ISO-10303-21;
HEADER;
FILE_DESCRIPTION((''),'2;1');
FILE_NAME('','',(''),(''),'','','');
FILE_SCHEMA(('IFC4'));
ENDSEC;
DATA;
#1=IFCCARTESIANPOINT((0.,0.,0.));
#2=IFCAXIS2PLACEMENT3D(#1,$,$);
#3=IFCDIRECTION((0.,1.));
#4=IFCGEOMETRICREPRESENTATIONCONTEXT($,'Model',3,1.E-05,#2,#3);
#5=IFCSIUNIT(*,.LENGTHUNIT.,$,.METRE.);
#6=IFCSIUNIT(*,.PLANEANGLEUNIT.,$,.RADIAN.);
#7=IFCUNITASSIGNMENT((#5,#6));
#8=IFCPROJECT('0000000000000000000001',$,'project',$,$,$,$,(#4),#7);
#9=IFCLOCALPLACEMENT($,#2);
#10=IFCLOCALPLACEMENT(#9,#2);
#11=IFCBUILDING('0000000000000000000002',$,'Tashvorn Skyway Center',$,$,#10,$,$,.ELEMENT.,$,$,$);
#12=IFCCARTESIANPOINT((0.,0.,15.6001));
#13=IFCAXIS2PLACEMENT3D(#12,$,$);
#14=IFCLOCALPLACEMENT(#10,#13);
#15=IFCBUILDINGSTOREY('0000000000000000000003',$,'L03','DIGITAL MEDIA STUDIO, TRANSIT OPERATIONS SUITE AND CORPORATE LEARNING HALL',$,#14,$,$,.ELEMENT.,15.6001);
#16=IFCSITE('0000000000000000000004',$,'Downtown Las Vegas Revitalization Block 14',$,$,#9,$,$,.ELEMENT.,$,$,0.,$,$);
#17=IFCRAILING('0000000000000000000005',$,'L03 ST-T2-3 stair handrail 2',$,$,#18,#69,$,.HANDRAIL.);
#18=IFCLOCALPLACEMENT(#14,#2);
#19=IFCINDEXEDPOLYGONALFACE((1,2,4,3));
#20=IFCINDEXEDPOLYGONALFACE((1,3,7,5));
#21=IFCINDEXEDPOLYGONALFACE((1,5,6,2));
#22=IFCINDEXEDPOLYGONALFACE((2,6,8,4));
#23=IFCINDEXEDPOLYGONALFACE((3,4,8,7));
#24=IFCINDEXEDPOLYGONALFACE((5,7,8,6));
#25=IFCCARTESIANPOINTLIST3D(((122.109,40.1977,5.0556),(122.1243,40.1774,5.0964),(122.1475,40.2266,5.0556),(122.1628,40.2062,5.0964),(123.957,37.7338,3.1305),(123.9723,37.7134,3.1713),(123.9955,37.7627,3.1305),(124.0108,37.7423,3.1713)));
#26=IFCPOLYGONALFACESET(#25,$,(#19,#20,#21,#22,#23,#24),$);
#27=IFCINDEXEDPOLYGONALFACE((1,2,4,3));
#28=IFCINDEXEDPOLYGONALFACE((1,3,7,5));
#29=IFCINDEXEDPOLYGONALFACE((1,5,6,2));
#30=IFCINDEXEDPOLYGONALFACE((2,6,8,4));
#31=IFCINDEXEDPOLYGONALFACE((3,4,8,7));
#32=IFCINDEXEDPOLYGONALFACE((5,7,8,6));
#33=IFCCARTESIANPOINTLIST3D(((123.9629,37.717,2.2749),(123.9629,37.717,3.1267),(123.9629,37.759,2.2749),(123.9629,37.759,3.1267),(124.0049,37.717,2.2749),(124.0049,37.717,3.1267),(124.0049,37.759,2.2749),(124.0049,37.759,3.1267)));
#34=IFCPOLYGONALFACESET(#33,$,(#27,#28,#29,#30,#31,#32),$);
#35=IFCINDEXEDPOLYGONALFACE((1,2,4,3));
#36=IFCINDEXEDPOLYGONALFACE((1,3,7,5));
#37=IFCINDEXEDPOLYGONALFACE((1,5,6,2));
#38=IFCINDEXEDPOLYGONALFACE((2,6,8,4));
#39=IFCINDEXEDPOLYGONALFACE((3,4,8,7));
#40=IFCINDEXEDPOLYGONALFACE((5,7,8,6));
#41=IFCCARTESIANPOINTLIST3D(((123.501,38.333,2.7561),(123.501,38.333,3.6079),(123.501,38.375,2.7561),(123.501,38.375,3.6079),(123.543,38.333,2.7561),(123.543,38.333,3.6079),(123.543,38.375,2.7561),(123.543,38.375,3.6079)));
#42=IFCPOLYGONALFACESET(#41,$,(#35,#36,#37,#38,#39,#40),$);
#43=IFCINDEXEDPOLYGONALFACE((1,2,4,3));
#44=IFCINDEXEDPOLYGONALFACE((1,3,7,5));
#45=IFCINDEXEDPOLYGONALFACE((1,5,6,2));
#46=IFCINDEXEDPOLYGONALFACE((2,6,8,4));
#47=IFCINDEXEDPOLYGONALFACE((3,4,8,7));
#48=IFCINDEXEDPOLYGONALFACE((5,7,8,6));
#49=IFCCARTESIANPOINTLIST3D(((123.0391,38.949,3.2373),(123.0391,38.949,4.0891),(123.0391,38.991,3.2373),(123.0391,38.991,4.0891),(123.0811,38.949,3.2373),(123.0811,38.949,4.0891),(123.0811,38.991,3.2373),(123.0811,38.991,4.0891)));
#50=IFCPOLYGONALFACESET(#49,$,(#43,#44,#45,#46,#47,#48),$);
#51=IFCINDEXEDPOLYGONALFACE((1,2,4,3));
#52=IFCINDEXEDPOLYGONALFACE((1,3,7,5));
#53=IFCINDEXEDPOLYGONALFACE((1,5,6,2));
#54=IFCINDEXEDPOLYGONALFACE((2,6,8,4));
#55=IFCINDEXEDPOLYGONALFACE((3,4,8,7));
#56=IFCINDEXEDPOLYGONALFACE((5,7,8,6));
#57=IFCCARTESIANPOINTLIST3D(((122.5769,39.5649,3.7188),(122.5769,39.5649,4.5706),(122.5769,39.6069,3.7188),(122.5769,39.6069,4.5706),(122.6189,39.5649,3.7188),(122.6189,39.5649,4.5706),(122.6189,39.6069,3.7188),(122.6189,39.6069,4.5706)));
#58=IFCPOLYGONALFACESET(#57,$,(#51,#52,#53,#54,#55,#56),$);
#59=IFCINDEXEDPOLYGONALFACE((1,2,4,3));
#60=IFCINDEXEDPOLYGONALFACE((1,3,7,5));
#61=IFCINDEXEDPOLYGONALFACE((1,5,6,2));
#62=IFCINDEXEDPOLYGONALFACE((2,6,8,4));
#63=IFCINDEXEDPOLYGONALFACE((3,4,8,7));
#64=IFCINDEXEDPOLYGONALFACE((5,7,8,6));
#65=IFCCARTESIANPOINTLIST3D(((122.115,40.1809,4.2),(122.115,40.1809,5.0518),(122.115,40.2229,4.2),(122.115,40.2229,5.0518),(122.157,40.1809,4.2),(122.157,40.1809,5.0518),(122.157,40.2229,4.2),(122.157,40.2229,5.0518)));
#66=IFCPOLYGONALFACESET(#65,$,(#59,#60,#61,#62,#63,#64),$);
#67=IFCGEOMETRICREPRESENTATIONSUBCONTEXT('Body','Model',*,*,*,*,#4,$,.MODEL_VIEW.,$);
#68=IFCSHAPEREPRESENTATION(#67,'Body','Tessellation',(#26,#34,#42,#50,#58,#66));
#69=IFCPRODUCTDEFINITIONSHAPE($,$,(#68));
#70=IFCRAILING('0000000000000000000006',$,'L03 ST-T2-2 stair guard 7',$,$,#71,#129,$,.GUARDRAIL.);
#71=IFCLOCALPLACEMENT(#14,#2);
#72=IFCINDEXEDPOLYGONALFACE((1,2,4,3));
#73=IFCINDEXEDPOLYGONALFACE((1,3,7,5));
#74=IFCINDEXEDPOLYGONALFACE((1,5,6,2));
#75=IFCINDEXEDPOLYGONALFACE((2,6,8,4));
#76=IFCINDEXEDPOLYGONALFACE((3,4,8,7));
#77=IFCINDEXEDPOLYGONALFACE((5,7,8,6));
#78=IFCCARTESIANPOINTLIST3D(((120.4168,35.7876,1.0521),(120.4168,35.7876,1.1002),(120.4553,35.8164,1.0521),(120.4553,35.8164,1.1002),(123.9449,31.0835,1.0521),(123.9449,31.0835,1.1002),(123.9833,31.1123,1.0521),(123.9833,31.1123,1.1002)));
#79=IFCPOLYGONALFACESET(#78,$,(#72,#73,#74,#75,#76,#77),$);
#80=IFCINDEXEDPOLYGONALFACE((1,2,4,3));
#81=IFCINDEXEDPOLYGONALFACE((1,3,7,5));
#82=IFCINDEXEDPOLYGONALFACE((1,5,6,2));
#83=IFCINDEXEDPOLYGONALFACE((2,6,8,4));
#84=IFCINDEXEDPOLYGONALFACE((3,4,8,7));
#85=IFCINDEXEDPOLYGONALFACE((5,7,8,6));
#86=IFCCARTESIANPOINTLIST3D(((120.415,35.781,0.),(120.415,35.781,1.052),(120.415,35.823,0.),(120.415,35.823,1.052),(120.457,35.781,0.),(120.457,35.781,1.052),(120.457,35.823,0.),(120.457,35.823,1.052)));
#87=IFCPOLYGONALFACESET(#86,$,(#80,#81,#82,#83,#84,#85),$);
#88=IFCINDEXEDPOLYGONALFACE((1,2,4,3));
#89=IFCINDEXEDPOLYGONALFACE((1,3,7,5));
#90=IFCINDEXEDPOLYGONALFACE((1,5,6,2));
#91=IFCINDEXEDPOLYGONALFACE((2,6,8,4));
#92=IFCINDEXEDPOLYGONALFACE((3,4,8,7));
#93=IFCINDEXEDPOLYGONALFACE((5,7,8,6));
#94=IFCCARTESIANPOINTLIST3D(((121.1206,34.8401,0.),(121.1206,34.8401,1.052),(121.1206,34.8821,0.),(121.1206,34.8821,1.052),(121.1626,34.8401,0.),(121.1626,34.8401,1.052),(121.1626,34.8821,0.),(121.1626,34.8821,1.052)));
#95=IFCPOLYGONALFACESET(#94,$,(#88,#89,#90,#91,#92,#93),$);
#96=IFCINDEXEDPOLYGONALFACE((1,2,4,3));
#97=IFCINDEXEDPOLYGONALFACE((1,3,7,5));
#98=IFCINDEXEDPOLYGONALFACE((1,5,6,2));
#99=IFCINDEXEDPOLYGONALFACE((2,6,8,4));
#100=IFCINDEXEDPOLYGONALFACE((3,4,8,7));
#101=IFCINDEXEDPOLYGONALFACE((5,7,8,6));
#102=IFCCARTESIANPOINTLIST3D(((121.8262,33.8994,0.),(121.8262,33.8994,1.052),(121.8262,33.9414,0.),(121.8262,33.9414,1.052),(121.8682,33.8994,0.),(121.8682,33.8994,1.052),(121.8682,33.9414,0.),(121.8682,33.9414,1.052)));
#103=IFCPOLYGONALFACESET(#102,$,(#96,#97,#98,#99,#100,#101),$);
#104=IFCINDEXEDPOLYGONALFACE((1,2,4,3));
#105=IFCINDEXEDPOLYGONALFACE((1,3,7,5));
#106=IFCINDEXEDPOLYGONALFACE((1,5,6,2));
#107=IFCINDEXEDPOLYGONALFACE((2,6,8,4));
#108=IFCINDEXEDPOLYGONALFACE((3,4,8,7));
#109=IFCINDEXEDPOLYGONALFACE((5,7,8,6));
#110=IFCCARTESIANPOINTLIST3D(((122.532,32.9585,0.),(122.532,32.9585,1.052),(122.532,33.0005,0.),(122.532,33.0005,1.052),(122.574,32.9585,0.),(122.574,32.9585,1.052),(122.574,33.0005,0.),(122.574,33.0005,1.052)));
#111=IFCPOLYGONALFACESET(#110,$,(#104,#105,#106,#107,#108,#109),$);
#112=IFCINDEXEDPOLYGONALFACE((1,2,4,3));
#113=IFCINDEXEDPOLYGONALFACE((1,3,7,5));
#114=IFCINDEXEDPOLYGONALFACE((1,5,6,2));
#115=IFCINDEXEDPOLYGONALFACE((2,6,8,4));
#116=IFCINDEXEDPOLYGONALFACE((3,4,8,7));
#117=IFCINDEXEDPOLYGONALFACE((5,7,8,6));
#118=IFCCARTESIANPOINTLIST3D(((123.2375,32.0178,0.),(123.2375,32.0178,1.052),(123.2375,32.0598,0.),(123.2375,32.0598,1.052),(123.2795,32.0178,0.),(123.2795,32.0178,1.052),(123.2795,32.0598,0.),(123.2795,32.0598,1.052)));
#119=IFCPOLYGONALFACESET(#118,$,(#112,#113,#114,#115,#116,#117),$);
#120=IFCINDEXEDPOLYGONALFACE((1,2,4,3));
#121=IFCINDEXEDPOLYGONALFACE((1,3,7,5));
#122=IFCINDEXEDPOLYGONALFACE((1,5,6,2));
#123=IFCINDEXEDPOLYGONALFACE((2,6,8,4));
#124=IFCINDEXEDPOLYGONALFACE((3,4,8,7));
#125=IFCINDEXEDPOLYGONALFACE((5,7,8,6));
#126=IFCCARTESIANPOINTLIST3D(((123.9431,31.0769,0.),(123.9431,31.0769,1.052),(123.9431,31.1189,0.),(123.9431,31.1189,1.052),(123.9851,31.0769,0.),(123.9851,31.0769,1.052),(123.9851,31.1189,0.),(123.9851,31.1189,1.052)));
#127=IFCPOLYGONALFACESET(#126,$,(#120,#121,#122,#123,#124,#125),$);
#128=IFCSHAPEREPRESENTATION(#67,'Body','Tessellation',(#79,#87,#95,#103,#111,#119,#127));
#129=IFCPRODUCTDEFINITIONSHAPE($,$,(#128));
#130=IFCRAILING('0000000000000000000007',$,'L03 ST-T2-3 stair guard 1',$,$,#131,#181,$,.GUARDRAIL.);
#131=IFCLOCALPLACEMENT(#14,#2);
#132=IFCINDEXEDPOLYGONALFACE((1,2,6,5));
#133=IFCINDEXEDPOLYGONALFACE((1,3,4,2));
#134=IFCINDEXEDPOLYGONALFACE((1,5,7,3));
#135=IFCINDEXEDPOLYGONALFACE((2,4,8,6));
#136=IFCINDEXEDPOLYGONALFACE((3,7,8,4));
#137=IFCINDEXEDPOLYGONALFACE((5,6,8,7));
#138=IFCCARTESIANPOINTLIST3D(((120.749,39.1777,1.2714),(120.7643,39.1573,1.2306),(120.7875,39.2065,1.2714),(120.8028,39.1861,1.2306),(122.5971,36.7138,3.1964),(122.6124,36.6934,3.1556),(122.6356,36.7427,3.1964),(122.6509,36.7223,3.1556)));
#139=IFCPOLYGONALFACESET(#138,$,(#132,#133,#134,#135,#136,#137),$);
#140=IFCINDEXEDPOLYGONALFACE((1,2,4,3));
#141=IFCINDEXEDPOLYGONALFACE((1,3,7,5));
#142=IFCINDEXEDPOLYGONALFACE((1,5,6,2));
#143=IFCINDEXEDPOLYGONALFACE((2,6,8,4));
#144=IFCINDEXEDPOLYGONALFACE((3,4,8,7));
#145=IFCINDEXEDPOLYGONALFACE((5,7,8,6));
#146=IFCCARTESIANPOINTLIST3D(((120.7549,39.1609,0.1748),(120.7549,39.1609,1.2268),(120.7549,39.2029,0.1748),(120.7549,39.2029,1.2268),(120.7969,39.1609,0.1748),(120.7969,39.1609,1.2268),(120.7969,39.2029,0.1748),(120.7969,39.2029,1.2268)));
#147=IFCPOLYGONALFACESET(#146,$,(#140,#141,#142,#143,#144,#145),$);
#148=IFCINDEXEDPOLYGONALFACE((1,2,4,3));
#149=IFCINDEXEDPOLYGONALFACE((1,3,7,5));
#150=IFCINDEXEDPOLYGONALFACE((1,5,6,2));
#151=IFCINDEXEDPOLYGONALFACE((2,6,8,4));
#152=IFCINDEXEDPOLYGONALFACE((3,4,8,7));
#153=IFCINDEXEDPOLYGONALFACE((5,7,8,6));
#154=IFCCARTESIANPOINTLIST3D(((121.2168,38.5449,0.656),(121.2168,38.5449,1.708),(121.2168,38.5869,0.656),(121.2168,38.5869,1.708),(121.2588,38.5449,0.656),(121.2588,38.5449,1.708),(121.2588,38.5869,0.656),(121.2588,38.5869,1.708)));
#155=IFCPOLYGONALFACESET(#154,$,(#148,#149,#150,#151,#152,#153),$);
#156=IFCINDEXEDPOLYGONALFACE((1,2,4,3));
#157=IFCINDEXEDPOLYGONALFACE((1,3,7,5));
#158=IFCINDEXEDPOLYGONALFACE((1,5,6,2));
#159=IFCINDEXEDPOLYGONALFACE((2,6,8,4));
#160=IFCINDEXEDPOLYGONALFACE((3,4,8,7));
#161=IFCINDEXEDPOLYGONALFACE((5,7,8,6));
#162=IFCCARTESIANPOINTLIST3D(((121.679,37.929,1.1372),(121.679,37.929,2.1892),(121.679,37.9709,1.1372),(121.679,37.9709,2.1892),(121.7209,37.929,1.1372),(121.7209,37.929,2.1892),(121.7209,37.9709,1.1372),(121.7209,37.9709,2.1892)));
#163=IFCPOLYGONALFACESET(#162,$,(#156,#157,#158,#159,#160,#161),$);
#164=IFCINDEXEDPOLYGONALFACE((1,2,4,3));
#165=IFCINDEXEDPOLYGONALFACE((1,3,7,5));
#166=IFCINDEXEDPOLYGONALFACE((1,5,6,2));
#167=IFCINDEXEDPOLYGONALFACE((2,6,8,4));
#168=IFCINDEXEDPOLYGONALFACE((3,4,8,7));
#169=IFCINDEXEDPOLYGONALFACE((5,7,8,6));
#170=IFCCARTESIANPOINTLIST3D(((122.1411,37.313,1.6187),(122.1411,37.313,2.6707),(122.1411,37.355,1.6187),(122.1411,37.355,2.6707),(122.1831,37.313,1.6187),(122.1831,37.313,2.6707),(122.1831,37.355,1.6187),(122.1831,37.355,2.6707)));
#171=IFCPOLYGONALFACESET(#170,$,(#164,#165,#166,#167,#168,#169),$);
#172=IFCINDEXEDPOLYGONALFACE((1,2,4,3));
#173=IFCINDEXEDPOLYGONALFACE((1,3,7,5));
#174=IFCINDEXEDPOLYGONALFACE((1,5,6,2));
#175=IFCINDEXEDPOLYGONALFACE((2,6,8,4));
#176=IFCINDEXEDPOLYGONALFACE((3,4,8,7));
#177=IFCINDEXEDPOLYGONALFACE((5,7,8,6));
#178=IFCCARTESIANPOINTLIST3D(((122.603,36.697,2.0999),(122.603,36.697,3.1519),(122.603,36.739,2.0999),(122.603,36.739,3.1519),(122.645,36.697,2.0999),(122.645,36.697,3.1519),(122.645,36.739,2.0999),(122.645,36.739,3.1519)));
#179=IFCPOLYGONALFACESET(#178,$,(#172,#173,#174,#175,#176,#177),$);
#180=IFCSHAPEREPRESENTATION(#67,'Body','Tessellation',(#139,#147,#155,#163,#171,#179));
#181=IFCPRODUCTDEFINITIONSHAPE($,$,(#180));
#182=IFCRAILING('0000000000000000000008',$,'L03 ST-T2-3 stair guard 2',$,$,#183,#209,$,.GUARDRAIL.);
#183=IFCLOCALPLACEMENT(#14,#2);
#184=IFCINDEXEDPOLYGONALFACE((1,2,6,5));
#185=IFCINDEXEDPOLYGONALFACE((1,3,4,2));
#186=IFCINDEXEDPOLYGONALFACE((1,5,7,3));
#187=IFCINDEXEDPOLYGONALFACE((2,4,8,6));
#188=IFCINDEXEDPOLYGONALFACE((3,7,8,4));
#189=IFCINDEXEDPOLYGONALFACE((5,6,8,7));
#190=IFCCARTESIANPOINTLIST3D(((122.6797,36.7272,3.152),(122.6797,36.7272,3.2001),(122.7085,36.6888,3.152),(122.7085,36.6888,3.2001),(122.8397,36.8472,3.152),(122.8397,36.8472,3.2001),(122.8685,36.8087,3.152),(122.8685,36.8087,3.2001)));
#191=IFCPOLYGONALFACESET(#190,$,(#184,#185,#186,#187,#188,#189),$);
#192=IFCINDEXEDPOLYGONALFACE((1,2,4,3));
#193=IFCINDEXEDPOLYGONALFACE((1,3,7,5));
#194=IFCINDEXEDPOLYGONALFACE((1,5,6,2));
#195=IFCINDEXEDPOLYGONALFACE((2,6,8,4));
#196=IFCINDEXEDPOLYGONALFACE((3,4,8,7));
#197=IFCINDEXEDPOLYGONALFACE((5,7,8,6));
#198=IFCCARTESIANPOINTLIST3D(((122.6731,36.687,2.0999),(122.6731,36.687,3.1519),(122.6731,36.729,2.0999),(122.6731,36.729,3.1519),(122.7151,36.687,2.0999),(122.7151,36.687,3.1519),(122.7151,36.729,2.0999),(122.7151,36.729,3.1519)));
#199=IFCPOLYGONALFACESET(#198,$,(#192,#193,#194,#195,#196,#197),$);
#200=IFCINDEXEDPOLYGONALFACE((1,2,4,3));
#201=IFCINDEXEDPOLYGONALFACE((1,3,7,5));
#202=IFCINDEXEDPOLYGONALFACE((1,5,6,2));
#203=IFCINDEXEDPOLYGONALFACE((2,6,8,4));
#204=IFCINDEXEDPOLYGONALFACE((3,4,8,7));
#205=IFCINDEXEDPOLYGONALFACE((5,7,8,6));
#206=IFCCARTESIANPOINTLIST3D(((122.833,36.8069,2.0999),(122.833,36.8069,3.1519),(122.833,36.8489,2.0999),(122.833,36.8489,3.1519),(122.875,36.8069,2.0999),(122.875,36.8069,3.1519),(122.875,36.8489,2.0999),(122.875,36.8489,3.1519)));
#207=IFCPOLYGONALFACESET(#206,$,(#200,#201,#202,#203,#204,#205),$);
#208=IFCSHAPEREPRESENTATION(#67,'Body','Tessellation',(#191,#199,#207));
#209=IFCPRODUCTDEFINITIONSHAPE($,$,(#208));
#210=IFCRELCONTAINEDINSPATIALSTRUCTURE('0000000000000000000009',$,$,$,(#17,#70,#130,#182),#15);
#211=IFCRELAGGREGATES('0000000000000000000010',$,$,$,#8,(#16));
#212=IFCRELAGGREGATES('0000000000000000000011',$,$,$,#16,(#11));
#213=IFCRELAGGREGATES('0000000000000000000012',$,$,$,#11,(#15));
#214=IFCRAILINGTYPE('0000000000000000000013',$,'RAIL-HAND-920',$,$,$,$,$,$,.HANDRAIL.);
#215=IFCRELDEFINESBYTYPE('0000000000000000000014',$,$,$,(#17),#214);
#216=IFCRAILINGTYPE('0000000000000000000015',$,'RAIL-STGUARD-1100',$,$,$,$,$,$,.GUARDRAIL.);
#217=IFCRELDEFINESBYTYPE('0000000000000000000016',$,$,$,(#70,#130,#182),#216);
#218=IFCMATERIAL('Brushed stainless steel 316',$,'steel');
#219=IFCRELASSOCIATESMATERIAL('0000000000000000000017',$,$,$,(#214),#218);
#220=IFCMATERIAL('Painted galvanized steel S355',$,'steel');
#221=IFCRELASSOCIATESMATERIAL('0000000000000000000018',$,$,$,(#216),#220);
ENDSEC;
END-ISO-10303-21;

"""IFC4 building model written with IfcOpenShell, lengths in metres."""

from ifc_helpers import new_model, si_unit, direction, frame, origin, origin_2d, place, context, subcontext, project, spatial, rectangle, extrude, material, type_object, element, save


model = new_model("IFC4")

# Units and contexts
model_context = context("Model", 3, precision=1e-05, world=origin(), true_north=direction((0.0, 1.0)))
body_context = subcontext(model_context, "Body", "Model", "MODEL_VIEW")
ifc_project = project(units=[si_unit("LENGTHUNIT", "METRE"), si_unit("PLANEANGLEUNIT", "RADIAN")], contexts=[model_context])

# Site, building, storey
site_placement = place(None, origin())
site = spatial("IfcSite", under=ifc_project, at=site_placement, Name="Downtown Las Vegas Revitalization Block 14", CompositionType="ELEMENT", RefElevation=0.0)
building_placement = place(site_placement, origin())
building = spatial("IfcBuilding", under=site, at=building_placement, Name="Tashvorn Skyway Center", CompositionType="ELEMENT")
storey_placement = place(building_placement, frame((0.0, 0.0, 15.6001)))
storey = spatial("IfcBuildingStorey", under=building, at=storey_placement, Name="L03", Description="DIGITAL MEDIA STUDIO, TRANSIT OPERATIONS SUITE AND CORPORATE LEARNING HALL", CompositionType="ELEMENT", Elevation=15.6001)

# Railings
ifc_material_1 = material(Name="Brushed stainless steel 316", Category="steel")
railing_type_1 = type_object("IfcRailingType", Name="RAIL-HAND-920", PredefinedType="HANDRAIL", material=ifc_material_1)
railing_1_placement = place(storey_placement, frame((123.9839, 37.738, 2.2749)))
element("IfcRailing", 1, at=railing_1_placement, inside=storey, type_object=railing_type_1, Name="L03 ST-T2-3 stair handrail 2", PredefinedType="HANDRAIL", context=body_context, shape_type="SweptSolid", body=[
    extrude(rectangle(XDim=0.0481, YDim=0.0481, at=origin_2d()), frame((0.0, 0.0, 0.876), z_axis=(-0.508788, 0.678384, 0.530029), x_axis=(-0.8, -0.6, 0.0)), (0.0, 0.0, 1.0), 3.6321),
    extrude(rectangle(XDim=0.042, YDim=0.042, at=origin_2d()), origin(), (0.0, 0.0, 1.0), 0.8518),
    extrude(rectangle(XDim=0.042, YDim=0.042, at=origin_2d()), frame((-0.4619, 0.616, 0.4812)), (0.0, 0.0, 1.0), 0.8518),
    extrude(rectangle(XDim=0.042, YDim=0.042, at=origin_2d()), frame((-0.9238, 1.2319, 0.9624)), (0.0, 0.0, 1.0), 0.8518),
    extrude(rectangle(XDim=0.042, YDim=0.042, at=origin_2d()), frame((-1.386, 1.8479, 1.4438)), (0.0, 0.0, 1.0), 0.8518),
    extrude(rectangle(XDim=0.042, YDim=0.042, at=origin_2d()), frame((-1.8479, 2.4639, 1.925)), (0.0, 0.0, 1.0), 0.8518),
])
ifc_material_2 = material(Name="Painted galvanized steel S355", Category="steel")
railing_type_2 = type_object("IfcRailingType", Name="RAIL-STGUARD-1100", PredefinedType="GUARDRAIL", material=ifc_material_2)
railing_2_placement = place(storey_placement, frame((120.436, 35.802, 0.0)))
element("IfcRailing", 2, at=railing_2_placement, inside=storey, type_object=railing_type_2, Name="L03 ST-T2-2 stair guard 7", PredefinedType="GUARDRAIL", context=body_context, shape_type="SweptSolid", body=[
    extrude(rectangle(XDim=0.0481, YDim=0.0481, at=origin_2d()), frame((0.0, 0.0, 1.0762), z_axis=(0.6, -0.8, 0.0), x_axis=(0.8, 0.6, 0.0)), (0.0, 0.0, 1.0), 5.8801),
    extrude(rectangle(XDim=0.042, YDim=0.042, at=origin_2d()), origin(), (0.0, 0.0, 1.0), 1.052),
    extrude(rectangle(XDim=0.042, YDim=0.042, at=origin_2d()), frame((0.7056, -0.9409, 0.0)), (0.0, 0.0, 1.0), 1.052),
    extrude(rectangle(XDim=0.042, YDim=0.042, at=origin_2d()), frame((1.4111, -1.8816, 0.0)), (0.0, 0.0, 1.0), 1.052),
    extrude(rectangle(XDim=0.042, YDim=0.042, at=origin_2d()), frame((2.1169, -2.8225, 0.0)), (0.0, 0.0, 1.0), 1.052),
    extrude(rectangle(XDim=0.042, YDim=0.042, at=origin_2d()), frame((2.8225, -3.7632, 0.0)), (0.0, 0.0, 1.0), 1.052),
    extrude(rectangle(XDim=0.042, YDim=0.042, at=origin_2d()), frame((3.5281, -4.7041, 0.0)), (0.0, 0.0, 1.0), 1.052),
])
railing_3_placement = place(storey_placement, frame((120.7759, 39.1819, 0.1748)))
element("IfcRailing", 3, at=railing_3_placement, inside=storey, type_object=railing_type_2, Name="L03 ST-T2-3 stair guard 1", PredefinedType="GUARDRAIL", context=body_context, shape_type="SweptSolid", body=[
    extrude(rectangle(XDim=0.0481, YDim=0.0481, at=origin_2d()), frame((0.0, 0.0, 1.0762), z_axis=(0.508837, -0.67836, 0.530011), x_axis=(0.799962, 0.600051, 0.0)), (0.0, 0.0, 1.0), 3.6321),
    extrude(rectangle(XDim=0.042, YDim=0.042, at=origin_2d()), origin(), (0.0, 0.0, 1.0), 1.052),
    extrude(rectangle(XDim=0.042, YDim=0.042, at=origin_2d()), frame((0.4619, -0.616, 0.4812)), (0.0, 0.0, 1.0), 1.052),
    extrude(rectangle(XDim=0.042, YDim=0.042, at=origin_2d()), frame((0.9241, -1.2319, 0.9624)), (0.0, 0.0, 1.0), 1.052),
    extrude(rectangle(XDim=0.042, YDim=0.042, at=origin_2d()), frame((1.3862, -1.8479, 1.4438)), (0.0, 0.0, 1.0), 1.052),
    extrude(rectangle(XDim=0.042, YDim=0.042, at=origin_2d()), frame((1.8481, -2.4639, 1.925)), (0.0, 0.0, 1.0), 1.052),
])
railing_4_placement = place(storey_placement, frame((122.6941, 36.708, 2.0999)))
element("IfcRailing", 4, at=railing_4_placement, inside=storey, type_object=railing_type_2, Name="L03 ST-T2-3 stair guard 2", PredefinedType="GUARDRAIL", context=body_context, shape_type="SweptSolid", body=[
    extrude(rectangle(XDim=0.0481, YDim=0.0481, at=origin_2d()), frame((0.0, 0.0, 1.0762), z_axis=(0.800147, 0.599805, 0.0), x_axis=(-0.599805, 0.800147, 0.0)), (0.0, 0.0, 1.0), 0.2),
    extrude(rectangle(XDim=0.042, YDim=0.042, at=origin_2d()), origin(), (0.0, 0.0, 1.0), 1.052),
    extrude(rectangle(XDim=0.042, YDim=0.042, at=origin_2d()), frame((0.1599, 0.1199, 0.0)), (0.0, 0.0, 1.0), 1.052),
])

save(model, "model.ifc")
